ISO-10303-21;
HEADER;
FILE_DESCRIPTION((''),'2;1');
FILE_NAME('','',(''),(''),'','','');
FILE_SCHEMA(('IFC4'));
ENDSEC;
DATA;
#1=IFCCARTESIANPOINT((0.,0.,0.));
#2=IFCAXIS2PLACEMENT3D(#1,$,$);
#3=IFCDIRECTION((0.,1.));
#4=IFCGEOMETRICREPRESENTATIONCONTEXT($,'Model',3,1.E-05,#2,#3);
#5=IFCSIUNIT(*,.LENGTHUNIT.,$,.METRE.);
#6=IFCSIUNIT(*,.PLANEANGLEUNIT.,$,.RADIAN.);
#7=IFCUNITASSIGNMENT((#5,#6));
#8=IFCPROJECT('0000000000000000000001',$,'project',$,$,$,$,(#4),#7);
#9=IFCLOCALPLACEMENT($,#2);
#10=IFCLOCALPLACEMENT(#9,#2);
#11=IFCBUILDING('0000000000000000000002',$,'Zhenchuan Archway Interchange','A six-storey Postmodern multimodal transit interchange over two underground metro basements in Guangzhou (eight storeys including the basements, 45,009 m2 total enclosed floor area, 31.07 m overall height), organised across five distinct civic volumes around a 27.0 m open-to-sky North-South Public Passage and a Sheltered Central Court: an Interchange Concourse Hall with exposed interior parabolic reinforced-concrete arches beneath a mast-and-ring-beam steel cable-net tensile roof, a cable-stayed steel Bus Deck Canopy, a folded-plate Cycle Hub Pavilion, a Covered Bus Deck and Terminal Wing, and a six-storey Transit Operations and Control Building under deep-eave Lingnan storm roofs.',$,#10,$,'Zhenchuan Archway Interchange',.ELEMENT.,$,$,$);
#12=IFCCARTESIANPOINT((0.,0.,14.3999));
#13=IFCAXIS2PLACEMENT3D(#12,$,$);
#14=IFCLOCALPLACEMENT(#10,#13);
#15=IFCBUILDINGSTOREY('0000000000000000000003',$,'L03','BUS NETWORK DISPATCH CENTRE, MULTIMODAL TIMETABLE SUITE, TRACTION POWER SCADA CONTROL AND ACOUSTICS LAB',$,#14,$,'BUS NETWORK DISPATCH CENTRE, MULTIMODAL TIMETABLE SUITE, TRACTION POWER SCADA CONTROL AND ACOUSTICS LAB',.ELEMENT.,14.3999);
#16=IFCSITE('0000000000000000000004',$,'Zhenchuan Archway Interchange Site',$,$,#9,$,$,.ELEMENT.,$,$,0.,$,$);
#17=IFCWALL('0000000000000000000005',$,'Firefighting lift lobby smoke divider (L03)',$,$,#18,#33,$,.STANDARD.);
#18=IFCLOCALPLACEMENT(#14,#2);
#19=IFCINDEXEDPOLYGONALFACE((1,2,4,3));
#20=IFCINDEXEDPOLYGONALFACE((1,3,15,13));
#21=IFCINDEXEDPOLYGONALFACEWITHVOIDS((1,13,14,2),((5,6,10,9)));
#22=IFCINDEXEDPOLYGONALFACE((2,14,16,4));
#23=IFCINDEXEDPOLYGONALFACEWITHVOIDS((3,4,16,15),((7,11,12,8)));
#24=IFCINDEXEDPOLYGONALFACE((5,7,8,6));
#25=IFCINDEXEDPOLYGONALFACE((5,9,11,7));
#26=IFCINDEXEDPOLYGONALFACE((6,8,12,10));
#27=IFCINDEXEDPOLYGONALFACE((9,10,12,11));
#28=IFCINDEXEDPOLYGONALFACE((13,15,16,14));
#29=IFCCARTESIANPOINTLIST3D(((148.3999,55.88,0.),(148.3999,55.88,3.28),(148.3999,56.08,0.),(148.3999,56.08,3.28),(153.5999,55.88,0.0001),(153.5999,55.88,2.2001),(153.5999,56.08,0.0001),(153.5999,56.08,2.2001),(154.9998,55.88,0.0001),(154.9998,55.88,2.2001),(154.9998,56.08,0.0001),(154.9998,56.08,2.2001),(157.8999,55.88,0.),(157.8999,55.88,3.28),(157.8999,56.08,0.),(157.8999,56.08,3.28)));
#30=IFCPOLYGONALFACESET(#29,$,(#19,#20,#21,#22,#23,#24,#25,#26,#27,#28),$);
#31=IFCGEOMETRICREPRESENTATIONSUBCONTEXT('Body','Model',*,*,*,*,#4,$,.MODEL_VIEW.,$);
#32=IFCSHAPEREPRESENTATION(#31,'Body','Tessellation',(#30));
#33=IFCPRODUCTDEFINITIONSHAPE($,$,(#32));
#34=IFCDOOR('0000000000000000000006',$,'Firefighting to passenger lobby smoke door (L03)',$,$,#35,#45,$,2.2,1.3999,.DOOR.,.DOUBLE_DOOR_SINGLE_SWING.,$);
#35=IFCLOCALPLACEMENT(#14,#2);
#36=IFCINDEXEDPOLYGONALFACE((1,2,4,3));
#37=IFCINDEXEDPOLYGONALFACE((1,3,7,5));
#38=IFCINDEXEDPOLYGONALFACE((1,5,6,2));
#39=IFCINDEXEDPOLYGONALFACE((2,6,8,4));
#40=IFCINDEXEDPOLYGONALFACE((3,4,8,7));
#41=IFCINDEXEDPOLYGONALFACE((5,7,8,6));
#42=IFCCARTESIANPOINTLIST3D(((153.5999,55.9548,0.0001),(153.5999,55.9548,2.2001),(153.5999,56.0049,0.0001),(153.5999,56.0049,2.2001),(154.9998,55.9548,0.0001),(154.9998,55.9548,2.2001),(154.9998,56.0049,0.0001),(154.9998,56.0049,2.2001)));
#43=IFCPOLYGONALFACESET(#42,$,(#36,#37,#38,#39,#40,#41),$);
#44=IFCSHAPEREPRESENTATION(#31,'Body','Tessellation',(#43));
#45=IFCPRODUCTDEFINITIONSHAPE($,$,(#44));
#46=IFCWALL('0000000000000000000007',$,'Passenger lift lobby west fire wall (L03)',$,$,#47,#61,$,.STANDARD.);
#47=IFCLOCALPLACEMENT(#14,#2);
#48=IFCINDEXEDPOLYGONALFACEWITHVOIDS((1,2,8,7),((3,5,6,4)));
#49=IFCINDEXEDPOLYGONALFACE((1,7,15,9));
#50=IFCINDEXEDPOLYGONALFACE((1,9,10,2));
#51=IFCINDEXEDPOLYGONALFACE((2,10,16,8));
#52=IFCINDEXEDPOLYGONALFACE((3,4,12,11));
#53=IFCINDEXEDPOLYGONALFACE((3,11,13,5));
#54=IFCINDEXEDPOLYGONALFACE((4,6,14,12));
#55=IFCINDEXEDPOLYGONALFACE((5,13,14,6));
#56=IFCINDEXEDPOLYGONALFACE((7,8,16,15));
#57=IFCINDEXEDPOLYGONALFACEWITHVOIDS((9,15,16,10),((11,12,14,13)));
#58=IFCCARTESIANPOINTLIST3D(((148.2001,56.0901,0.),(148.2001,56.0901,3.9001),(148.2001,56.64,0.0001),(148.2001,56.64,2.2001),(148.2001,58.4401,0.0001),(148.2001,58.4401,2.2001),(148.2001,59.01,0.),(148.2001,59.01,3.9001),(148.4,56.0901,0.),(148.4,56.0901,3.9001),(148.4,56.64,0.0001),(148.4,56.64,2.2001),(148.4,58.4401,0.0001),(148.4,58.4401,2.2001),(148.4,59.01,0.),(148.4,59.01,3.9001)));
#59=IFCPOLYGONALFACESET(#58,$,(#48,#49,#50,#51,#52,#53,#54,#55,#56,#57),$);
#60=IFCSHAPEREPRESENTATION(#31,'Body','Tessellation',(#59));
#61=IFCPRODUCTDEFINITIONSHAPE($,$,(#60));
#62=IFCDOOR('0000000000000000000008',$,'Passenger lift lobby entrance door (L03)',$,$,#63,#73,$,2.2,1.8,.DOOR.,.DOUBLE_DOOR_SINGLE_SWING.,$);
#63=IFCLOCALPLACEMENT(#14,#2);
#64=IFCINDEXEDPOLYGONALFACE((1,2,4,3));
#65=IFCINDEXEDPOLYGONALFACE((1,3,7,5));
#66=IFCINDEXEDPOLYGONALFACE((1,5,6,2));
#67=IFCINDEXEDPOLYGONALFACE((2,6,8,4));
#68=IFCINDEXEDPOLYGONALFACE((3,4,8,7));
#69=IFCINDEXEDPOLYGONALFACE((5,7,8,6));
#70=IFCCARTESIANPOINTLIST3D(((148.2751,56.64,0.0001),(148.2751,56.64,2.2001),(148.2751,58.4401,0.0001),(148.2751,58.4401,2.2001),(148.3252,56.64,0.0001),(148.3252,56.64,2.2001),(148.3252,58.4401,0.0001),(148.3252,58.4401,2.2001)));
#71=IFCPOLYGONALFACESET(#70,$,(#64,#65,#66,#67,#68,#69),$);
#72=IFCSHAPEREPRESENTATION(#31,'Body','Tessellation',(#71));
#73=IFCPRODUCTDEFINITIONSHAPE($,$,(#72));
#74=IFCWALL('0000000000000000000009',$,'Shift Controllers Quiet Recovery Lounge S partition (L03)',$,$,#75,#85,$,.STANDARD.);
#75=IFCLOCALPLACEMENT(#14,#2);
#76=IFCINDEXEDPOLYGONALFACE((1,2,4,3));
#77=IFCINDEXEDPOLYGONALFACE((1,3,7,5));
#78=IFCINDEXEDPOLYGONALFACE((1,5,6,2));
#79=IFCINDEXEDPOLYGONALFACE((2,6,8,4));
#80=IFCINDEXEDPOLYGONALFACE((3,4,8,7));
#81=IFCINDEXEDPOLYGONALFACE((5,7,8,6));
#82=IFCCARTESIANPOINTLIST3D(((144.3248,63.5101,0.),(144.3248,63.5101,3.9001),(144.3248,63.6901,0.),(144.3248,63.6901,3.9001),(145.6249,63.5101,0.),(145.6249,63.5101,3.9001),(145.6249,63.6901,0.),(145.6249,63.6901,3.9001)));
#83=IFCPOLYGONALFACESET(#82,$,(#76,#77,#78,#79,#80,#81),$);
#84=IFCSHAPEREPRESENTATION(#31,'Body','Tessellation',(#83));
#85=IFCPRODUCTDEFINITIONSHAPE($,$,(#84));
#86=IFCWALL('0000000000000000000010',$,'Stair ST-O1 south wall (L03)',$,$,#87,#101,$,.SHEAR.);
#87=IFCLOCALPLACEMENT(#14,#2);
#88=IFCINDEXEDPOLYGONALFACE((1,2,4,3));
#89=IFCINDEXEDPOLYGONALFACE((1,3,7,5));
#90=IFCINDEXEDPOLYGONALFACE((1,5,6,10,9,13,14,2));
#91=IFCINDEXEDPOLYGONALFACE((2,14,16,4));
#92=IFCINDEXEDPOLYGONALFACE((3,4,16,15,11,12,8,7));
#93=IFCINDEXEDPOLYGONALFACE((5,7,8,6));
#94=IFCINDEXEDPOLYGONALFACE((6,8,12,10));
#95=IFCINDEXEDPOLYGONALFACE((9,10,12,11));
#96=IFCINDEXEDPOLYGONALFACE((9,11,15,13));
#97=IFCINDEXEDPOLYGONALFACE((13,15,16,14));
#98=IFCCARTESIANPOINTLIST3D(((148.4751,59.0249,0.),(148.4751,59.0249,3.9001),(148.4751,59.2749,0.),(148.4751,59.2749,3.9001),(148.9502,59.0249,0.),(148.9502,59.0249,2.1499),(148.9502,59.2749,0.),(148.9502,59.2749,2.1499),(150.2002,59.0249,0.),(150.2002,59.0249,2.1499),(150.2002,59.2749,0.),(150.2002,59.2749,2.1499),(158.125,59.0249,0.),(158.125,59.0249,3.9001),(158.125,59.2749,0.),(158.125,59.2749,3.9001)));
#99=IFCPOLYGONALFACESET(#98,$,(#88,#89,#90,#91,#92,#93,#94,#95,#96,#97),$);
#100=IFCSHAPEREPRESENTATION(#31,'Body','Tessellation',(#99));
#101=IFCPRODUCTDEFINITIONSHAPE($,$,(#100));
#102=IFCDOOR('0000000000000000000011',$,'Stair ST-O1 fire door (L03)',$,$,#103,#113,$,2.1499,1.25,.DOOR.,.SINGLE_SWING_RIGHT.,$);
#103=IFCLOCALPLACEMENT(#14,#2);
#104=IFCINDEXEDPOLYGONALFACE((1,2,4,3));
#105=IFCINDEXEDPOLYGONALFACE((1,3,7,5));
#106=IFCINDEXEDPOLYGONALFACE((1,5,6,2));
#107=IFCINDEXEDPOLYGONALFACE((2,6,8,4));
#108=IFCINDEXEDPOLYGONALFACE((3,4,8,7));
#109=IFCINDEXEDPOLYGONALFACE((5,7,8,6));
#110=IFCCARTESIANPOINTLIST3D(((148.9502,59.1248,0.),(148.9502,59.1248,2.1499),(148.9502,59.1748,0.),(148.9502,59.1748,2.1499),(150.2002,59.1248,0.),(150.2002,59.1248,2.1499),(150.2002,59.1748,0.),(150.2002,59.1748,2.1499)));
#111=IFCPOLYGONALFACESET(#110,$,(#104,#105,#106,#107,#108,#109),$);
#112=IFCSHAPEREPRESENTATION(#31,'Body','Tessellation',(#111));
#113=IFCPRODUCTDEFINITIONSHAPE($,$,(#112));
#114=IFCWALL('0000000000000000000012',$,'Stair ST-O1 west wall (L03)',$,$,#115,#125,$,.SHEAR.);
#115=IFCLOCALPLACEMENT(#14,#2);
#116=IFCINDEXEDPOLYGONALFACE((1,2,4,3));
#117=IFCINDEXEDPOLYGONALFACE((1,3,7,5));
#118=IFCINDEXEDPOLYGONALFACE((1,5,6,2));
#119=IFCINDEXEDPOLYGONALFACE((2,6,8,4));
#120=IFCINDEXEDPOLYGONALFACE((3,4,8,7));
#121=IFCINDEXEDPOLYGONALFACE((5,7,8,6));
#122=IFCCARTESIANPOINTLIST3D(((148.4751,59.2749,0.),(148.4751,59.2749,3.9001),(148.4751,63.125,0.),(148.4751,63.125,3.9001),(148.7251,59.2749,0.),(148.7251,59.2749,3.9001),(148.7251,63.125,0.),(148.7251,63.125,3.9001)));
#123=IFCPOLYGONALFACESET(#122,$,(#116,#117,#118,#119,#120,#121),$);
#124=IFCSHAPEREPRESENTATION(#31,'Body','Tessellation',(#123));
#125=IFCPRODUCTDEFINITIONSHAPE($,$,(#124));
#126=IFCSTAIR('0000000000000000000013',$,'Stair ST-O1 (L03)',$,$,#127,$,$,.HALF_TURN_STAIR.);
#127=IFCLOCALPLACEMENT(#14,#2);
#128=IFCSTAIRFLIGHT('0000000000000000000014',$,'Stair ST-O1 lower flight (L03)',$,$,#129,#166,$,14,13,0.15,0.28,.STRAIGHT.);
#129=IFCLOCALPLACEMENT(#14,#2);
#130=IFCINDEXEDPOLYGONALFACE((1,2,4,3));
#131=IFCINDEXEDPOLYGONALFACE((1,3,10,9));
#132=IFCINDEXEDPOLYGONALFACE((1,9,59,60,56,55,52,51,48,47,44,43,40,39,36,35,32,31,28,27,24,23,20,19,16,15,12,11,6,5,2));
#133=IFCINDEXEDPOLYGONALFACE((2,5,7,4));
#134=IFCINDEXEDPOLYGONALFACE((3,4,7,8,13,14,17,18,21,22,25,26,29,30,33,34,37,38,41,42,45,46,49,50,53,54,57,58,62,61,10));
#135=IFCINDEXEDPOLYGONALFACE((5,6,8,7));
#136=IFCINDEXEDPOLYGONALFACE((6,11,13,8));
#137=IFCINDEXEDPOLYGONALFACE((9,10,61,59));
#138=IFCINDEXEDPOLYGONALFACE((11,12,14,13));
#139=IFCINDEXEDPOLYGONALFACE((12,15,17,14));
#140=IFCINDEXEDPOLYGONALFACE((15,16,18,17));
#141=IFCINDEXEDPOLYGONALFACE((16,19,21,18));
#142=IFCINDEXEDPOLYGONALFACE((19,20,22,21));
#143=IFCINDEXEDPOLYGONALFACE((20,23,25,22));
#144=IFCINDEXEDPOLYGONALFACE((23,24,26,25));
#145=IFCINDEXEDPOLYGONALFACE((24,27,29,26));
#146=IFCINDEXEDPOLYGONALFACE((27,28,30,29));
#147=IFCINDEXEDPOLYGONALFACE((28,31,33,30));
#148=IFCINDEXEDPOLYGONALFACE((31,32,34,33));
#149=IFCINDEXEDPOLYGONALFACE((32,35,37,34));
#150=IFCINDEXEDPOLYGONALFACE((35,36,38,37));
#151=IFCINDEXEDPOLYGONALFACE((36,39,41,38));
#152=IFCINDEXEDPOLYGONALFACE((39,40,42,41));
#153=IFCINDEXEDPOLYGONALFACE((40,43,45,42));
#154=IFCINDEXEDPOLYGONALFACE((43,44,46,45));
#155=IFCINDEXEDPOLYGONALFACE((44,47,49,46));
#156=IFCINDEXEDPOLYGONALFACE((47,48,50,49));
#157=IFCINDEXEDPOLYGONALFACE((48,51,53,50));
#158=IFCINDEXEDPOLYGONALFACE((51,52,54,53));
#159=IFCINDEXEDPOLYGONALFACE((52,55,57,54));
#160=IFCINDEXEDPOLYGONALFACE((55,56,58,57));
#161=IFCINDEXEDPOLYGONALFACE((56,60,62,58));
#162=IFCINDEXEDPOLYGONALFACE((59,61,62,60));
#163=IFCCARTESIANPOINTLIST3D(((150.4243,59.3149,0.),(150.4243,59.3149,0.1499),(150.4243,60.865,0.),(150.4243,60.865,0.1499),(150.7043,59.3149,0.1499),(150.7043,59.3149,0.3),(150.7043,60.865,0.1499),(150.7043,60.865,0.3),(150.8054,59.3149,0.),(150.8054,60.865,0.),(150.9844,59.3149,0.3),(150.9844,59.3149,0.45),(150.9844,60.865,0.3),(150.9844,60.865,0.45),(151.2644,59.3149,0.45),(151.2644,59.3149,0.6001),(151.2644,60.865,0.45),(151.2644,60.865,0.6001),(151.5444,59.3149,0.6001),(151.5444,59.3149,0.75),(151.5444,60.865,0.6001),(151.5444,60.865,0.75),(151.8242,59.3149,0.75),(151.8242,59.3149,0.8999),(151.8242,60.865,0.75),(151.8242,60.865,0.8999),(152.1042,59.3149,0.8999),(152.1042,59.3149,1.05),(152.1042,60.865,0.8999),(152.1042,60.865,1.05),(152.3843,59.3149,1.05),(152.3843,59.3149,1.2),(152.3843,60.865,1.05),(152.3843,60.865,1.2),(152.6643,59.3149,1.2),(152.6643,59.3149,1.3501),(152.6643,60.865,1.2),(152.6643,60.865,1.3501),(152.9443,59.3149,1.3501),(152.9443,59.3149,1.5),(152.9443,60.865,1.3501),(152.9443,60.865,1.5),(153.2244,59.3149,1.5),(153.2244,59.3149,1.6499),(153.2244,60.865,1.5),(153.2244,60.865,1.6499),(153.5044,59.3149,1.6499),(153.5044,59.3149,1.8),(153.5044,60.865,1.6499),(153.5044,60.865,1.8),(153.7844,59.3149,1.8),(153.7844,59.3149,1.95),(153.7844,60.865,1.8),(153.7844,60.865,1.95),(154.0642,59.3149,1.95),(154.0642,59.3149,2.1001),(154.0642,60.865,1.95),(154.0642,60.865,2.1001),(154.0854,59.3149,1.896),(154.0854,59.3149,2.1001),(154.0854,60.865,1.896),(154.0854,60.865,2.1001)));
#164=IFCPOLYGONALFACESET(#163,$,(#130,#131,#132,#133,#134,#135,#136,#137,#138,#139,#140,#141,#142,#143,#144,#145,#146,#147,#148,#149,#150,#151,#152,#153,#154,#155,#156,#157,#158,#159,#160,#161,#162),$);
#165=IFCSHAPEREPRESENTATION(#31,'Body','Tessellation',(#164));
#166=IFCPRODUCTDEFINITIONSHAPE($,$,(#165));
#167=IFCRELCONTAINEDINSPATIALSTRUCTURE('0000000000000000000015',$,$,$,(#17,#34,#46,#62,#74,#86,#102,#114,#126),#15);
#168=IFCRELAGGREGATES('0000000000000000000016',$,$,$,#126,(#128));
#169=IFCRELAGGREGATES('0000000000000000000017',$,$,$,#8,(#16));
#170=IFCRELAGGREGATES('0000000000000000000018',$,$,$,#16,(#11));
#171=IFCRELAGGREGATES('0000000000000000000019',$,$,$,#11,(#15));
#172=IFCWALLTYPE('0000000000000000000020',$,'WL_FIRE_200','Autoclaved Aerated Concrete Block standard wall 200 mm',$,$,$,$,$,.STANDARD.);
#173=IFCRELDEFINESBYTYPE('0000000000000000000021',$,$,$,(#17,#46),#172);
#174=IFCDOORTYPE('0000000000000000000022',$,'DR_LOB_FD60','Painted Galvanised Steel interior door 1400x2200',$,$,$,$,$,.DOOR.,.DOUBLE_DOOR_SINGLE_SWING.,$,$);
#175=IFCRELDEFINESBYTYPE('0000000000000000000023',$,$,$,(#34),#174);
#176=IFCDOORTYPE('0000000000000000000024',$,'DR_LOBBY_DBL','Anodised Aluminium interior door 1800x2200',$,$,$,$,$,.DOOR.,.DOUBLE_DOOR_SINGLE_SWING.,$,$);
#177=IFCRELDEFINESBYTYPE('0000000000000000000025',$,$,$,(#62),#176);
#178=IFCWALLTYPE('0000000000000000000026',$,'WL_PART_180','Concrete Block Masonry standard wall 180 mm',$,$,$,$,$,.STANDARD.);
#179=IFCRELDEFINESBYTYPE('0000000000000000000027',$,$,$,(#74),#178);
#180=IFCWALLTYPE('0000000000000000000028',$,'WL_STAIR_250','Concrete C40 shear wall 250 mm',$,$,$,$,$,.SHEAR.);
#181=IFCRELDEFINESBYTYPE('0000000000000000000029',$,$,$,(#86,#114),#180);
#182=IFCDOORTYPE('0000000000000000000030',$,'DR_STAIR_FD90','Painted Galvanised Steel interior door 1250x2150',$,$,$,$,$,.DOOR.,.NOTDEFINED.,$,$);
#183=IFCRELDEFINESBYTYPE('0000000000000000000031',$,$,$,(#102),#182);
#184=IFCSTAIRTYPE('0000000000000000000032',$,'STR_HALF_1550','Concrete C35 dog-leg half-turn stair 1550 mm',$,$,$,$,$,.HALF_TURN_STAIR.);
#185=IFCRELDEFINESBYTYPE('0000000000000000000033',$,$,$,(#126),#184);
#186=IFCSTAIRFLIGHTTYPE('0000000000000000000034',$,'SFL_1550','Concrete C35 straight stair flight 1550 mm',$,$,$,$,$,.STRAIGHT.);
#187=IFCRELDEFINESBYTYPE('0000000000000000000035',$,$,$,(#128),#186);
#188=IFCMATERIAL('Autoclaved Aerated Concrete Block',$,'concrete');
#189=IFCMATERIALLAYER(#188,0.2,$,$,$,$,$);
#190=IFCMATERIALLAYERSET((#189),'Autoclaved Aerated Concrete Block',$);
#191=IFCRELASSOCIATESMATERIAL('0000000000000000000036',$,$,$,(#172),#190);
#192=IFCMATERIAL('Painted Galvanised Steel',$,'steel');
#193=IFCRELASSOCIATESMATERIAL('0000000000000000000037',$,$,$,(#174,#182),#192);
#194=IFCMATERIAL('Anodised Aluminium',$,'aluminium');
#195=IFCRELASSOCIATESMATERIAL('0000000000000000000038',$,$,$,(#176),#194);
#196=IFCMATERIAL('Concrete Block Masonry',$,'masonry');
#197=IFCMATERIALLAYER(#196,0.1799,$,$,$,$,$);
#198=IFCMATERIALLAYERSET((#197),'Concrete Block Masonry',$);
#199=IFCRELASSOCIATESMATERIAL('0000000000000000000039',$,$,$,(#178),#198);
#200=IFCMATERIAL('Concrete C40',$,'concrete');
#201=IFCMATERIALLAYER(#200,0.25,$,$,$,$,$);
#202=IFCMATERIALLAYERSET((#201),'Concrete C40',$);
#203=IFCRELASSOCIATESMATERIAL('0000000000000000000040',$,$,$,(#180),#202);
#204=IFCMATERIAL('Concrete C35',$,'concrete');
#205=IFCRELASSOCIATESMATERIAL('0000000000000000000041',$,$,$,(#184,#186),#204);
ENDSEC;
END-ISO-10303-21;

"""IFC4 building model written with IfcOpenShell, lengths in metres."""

from ifc_helpers import new_model, si_unit, direction, frame, frame_2d, origin, place, context, subcontext, project, spatial, polyline, rectangle, outline, extrude, material, layer, layer_set, type_object, element, fill, aggregate, save


model = new_model("IFC4")

# Units and contexts
model_context = context("Model", 3, precision=1e-05, world=origin(), true_north=direction((0.0, 1.0)))
body_context = subcontext(model_context, "Body", "Model", "MODEL_VIEW")
ifc_project = project(units=[si_unit("LENGTHUNIT", "METRE"), si_unit("PLANEANGLEUNIT", "RADIAN")], contexts=[model_context])

# Site, building, storey
site_placement = place(None, origin())
site = spatial("IfcSite", under=ifc_project, at=site_placement, Name="Zhenchuan Archway Interchange Site", CompositionType="ELEMENT", RefElevation=0.0)
building_placement = place(site_placement, origin())
building = spatial("IfcBuilding", under=site, at=building_placement, Name="Zhenchuan Archway Interchange", Description="A six-storey Postmodern multimodal transit interchange over two underground metro basements in Guangzhou (eight storeys including the basements, 45,009 m2 total enclosed floor area, 31.07 m overall height), organised across five distinct civic volumes around a 27.0 m open-to-sky North-South Public Passage and a Sheltered Central Court: an Interchange Concourse Hall with exposed interior parabolic reinforced-concrete arches beneath a mast-and-ring-beam steel cable-net tensile roof, a cable-stayed steel Bus Deck Canopy, a folded-plate Cycle Hub Pavilion, a Covered Bus Deck and Terminal Wing, and a six-storey Transit Operations and Control Building under deep-eave Lingnan storm roofs.", LongName="Zhenchuan Archway Interchange", CompositionType="ELEMENT")
storey_placement = place(building_placement, frame((0.0, 0.0, 14.3999)))
storey = spatial("IfcBuildingStorey", under=building, at=storey_placement, Name="L03", Description="BUS NETWORK DISPATCH CENTRE, MULTIMODAL TIMETABLE SUITE, TRACTION POWER SCADA CONTROL AND ACOUSTICS LAB", LongName="BUS NETWORK DISPATCH CENTRE, MULTIMODAL TIMETABLE SUITE, TRACTION POWER SCADA CONTROL AND ACOUSTICS LAB", CompositionType="ELEMENT", Elevation=14.3999)

# Shared definitions
ifc_material_1 = material(Name="Concrete C40", Category="concrete")

# Walls, openings, doors
ifc_material_2 = material(Name="Autoclaved Aerated Concrete Block", Category="concrete")
ifc_layer_1 = layer(ifc_material_2, 0.2)
ifc_layer_set_1 = layer_set([ifc_layer_1], Name="Autoclaved Aerated Concrete Block")
wall_type_1 = type_object("IfcWallType", Name="WL_FIRE_200", Description="Autoclaved Aerated Concrete Block standard wall 200 mm", PredefinedType="STANDARD", material=ifc_layer_set_1)
wall_1_placement = place(storey_placement, frame((148.3999, 55.98, 0.0), z_axis=(0.0, 0.0, 1.0), x_axis=(1.0, 0.0, 0.0)))
wall_1 = element("IfcWall", 1, at=wall_1_placement, inside=storey, type_object=wall_type_1, Name="Firefighting lift lobby smoke divider (L03)", PredefinedType="STANDARD", context=body_context, shape_type="SweptSolid", body=[
    extrude(rectangle(XDim=9.5, YDim=0.2, at=frame_2d((4.75, 0.0))), origin(), (0.0, 0.0, 1.0), 3.28),
])
opening_1_placement = place(wall_1_placement, frame((5.2, 0.0, 0.0)))
opening_1 = element("IfcOpeningElement", 2, at=opening_1_placement, cuts=wall_1, PredefinedType="OPENING", context=body_context, shape_type="SweptSolid", body=[
    extrude(rectangle(XDim=1.3999, YDim=2.2, at=frame_2d((0.7, 1.1001))), frame((0.0, 0.1118, 0.0), z_axis=(0.0, -1.0, 0.0), x_axis=(1.0, 0.0, 0.0)), (0.0, 0.0, 1.0), 0.2239),
])
ifc_material_3 = material(Name="Painted Galvanised Steel", Category="steel")
door_type_1 = type_object("IfcDoorType", Name="DR_LOB_FD60", Description="Painted Galvanised Steel interior door 1400x2200", OperationType="DOUBLE_DOOR_SINGLE_SWING", PredefinedType="DOOR", material=ifc_material_3)
door_1_placement = place(opening_1_placement, origin())
door_1 = element("IfcDoor", 3, at=door_1_placement, inside=storey, type_object=door_type_1, Name="Firefighting to passenger lobby smoke door (L03)", OperationType="DOUBLE_DOOR_SINGLE_SWING", OverallHeight=2.2, OverallWidth=1.3999, PredefinedType="DOOR", context=body_context, shape_type="SweptSolid", body=[
    extrude(rectangle(XDim=1.3999, YDim=2.2, at=frame_2d((0.7, 1.1001))), frame((0.0, 0.0249, 0.0), z_axis=(0.0, -1.0, 0.0), x_axis=(1.0, 0.0, 0.0)), (0.0, 0.0, 1.0), 0.05),
])
fill(opening_1, door_1)
wall_2_placement = place(storey_placement, frame((148.3, 56.0901, 0.0), z_axis=(0.0, 0.0, 1.0), x_axis=(0.0, 1.0, 0.0)))
wall_2 = element("IfcWall", 4, at=wall_2_placement, inside=storey, type_object=wall_type_1, Name="Passenger lift lobby west fire wall (L03)", PredefinedType="STANDARD", context=body_context, shape_type="SweptSolid", body=[
    extrude(rectangle(XDim=2.9199, YDim=0.2, at=frame_2d((1.46, 0.0))), origin(), (0.0, 0.0, 1.0), 3.9001),
])
opening_2_placement = place(wall_2_placement, frame((0.55, 0.0, 0.0)))
opening_2 = element("IfcOpeningElement", 5, at=opening_2_placement, cuts=wall_2, PredefinedType="OPENING", context=body_context, shape_type="SweptSolid", body=[
    extrude(rectangle(XDim=1.8, YDim=2.2, at=frame_2d((0.8999, 1.1001))), frame((0.0, 0.1118, 0.0), z_axis=(0.0, -1.0, 0.0), x_axis=(1.0, 0.0, 0.0)), (0.0, 0.0, 1.0), 0.2239),
])
ifc_material_4 = material(Name="Anodised Aluminium", Category="aluminium")
door_type_2 = type_object("IfcDoorType", Name="DR_LOBBY_DBL", Description="Anodised Aluminium interior door 1800x2200", OperationType="DOUBLE_DOOR_SINGLE_SWING", PredefinedType="DOOR", material=ifc_material_4)
door_2_placement = place(opening_2_placement, origin())
door_2 = element("IfcDoor", 6, at=door_2_placement, inside=storey, type_object=door_type_2, Name="Passenger lift lobby entrance door (L03)", OperationType="DOUBLE_DOOR_SINGLE_SWING", OverallHeight=2.2, OverallWidth=1.8, PredefinedType="DOOR", context=body_context, shape_type="SweptSolid", body=[
    extrude(rectangle(XDim=1.8, YDim=2.2, at=frame_2d((0.8999, 1.1001))), frame((0.0, 0.0249, 0.0), z_axis=(0.0, -1.0, 0.0), x_axis=(1.0, 0.0, 0.0)), (0.0, 0.0, 1.0), 0.05),
])
fill(opening_2, door_2)

# Wall
ifc_material_5 = material(Name="Concrete Block Masonry", Category="masonry")
ifc_layer_2 = layer(ifc_material_5, 0.1799)
ifc_layer_set_2 = layer_set([ifc_layer_2], Name="Concrete Block Masonry")
wall_type_2 = type_object("IfcWallType", Name="WL_PART_180", Description="Concrete Block Masonry standard wall 180 mm", PredefinedType="STANDARD", material=ifc_layer_set_2)
wall_3_placement = place(storey_placement, frame((144.325, 63.6001, 0.0), z_axis=(0.0, 0.0, 1.0), x_axis=(1.0, 0.0, 0.0)))
element("IfcWall", 7, at=wall_3_placement, inside=storey, type_object=wall_type_2, Name="Shift Controllers Quiet Recovery Lounge S partition (L03)", PredefinedType="STANDARD", context=body_context, shape_type="SweptSolid", body=[
    extrude(rectangle(XDim=1.3, YDim=0.1799, at=frame_2d((0.6499, 0.0))), origin(), (0.0, 0.0, 1.0), 3.9001),
])

# Wall, opening, door
ifc_layer_3 = layer(ifc_material_1, 0.25)
ifc_layer_set_3 = layer_set([ifc_layer_3], Name="Concrete C40")
wall_type_3 = type_object("IfcWallType", Name="WL_STAIR_250", Description="Concrete C40 shear wall 250 mm", PredefinedType="SHEAR", material=ifc_layer_set_3)
wall_4_placement = place(storey_placement, frame((148.4751, 59.1499, 0.0), z_axis=(0.0, 0.0, 1.0), x_axis=(1.0, 0.0, 0.0)))
wall_4 = element("IfcWall", 8, at=wall_4_placement, inside=storey, type_object=wall_type_3, Name="Stair ST-O1 south wall (L03)", PredefinedType="SHEAR", context=body_context, shape_type="SweptSolid", body=[
    extrude(rectangle(XDim=9.6499, YDim=0.25, at=frame_2d((4.825, 0.0))), origin(), (0.0, 0.0, 1.0), 3.9001),
])
opening_3_placement = place(wall_4_placement, frame((0.4751, 0.0, 0.0)))
opening_3 = element("IfcOpeningElement", 9, at=opening_3_placement, cuts=wall_4, PredefinedType="OPENING", context=body_context, shape_type="SweptSolid", body=[
    extrude(rectangle(XDim=1.25, YDim=2.1499, at=frame_2d((0.625, 1.075))), frame((0.0, 0.137, 0.0), z_axis=(0.0, -1.0, 0.0), x_axis=(1.0, 0.0, 0.0)), (0.0, 0.0, 1.0), 0.2739),
])
door_type_3 = type_object("IfcDoorType", Name="DR_STAIR_FD90", Description="Painted Galvanised Steel interior door 1250x2150", OperationType="NOTDEFINED", PredefinedType="DOOR", material=ifc_material_3)
door_3_placement = place(opening_3_placement, origin())
door_3 = element("IfcDoor", 10, at=door_3_placement, inside=storey, type_object=door_type_3, Name="Stair ST-O1 fire door (L03)", OperationType="SINGLE_SWING_RIGHT", OverallHeight=2.1499, OverallWidth=1.25, PredefinedType="DOOR", context=body_context, shape_type="SweptSolid", body=[
    extrude(rectangle(XDim=1.25, YDim=2.1499, at=frame_2d((0.625, 1.075))), frame((0.0, 0.0249, 0.0), z_axis=(0.0, -1.0, 0.0), x_axis=(1.0, 0.0, 0.0)), (0.0, 0.0, 1.0), 0.05),
])
fill(opening_3, door_3)

# Wall
wall_5_placement = place(storey_placement, frame((148.6001, 63.125, 0.0), z_axis=(0.0, 0.0, 1.0), x_axis=(0.0, -1.0, 0.0)))
element("IfcWall", 11, at=wall_5_placement, inside=storey, type_object=wall_type_3, Name="Stair ST-O1 west wall (L03)", PredefinedType="SHEAR", context=body_context, shape_type="SweptSolid", body=[
    extrude(rectangle(XDim=3.8501, YDim=0.25, at=frame_2d((1.925, 0.0))), origin(), (0.0, 0.0, 1.0), 3.9001),
])

# Stair, stair flight
ifc_material_6 = material(Name="Concrete C35", Category="concrete")
stair_type = type_object("IfcStairType", Name="STR_HALF_1550", Description="Concrete C35 dog-leg half-turn stair 1550 mm", PredefinedType="HALF_TURN_STAIR", material=ifc_material_6)
stair_placement = place(storey_placement, origin())
stair = element("IfcStair", 12, at=stair_placement, inside=storey, type_object=stair_type, Name="Stair ST-O1 (L03)", PredefinedType="HALF_TURN_STAIR")
stair_flight_type = type_object("IfcStairFlightType", Name="SFL_1550", Description="Concrete C35 straight stair flight 1550 mm", PredefinedType="STRAIGHT", material=ifc_material_6)
stair_flight_placement = place(storey_placement, frame((150.4243, 60.0901, 0.0), z_axis=(0.0, 0.0, 1.0), x_axis=(1.0, 0.0, 0.0)))
stair_flight = element("IfcStairFlight", 13, at=stair_flight_placement, type_object=stair_flight_type, Name="Stair ST-O1 lower flight (L03)", NumberOfRisers=14, NumberOfTreads=13, PredefinedType="STRAIGHT", RiserHeight=0.15, TreadLength=0.28, context=body_context, shape_type="SweptSolid", body=[
    extrude(outline(polyline([(0.0, 0.0), (0.0, 0.1499), (0.28, 0.1499), (0.28, 0.3), (0.5601, 0.3), (0.5601, 0.45), (0.8401, 0.45), (0.8401, 0.6001), (1.1201, 0.6001), (1.1201, 0.75), (1.3999, 0.75), (1.3999, 0.8999), (1.6799, 0.8999), (1.6799, 1.05), (1.96, 1.05), (1.96, 1.2), (2.24, 1.2), (2.24, 1.3501), (2.52, 1.3501), (2.52, 1.5), (2.8, 1.5), (2.8, 1.6499), (3.0801, 1.6499), (3.0801, 1.8), (3.3601, 1.8), (3.3601, 1.95), (3.6399, 1.95), (3.6399, 2.1001), (3.6611, 2.1001), (3.6611, 1.896), (0.3811, 0.0), (0.0, 0.0)])), frame((0.0, 0.7749, 0.0), z_axis=(0.0, -1.0, 0.0), x_axis=(1.0, 0.0, 0.0)), (0.0, 0.0, 1.0), 1.55),
])
aggregate(stair, [stair_flight])

save(model, "model.ifc")
